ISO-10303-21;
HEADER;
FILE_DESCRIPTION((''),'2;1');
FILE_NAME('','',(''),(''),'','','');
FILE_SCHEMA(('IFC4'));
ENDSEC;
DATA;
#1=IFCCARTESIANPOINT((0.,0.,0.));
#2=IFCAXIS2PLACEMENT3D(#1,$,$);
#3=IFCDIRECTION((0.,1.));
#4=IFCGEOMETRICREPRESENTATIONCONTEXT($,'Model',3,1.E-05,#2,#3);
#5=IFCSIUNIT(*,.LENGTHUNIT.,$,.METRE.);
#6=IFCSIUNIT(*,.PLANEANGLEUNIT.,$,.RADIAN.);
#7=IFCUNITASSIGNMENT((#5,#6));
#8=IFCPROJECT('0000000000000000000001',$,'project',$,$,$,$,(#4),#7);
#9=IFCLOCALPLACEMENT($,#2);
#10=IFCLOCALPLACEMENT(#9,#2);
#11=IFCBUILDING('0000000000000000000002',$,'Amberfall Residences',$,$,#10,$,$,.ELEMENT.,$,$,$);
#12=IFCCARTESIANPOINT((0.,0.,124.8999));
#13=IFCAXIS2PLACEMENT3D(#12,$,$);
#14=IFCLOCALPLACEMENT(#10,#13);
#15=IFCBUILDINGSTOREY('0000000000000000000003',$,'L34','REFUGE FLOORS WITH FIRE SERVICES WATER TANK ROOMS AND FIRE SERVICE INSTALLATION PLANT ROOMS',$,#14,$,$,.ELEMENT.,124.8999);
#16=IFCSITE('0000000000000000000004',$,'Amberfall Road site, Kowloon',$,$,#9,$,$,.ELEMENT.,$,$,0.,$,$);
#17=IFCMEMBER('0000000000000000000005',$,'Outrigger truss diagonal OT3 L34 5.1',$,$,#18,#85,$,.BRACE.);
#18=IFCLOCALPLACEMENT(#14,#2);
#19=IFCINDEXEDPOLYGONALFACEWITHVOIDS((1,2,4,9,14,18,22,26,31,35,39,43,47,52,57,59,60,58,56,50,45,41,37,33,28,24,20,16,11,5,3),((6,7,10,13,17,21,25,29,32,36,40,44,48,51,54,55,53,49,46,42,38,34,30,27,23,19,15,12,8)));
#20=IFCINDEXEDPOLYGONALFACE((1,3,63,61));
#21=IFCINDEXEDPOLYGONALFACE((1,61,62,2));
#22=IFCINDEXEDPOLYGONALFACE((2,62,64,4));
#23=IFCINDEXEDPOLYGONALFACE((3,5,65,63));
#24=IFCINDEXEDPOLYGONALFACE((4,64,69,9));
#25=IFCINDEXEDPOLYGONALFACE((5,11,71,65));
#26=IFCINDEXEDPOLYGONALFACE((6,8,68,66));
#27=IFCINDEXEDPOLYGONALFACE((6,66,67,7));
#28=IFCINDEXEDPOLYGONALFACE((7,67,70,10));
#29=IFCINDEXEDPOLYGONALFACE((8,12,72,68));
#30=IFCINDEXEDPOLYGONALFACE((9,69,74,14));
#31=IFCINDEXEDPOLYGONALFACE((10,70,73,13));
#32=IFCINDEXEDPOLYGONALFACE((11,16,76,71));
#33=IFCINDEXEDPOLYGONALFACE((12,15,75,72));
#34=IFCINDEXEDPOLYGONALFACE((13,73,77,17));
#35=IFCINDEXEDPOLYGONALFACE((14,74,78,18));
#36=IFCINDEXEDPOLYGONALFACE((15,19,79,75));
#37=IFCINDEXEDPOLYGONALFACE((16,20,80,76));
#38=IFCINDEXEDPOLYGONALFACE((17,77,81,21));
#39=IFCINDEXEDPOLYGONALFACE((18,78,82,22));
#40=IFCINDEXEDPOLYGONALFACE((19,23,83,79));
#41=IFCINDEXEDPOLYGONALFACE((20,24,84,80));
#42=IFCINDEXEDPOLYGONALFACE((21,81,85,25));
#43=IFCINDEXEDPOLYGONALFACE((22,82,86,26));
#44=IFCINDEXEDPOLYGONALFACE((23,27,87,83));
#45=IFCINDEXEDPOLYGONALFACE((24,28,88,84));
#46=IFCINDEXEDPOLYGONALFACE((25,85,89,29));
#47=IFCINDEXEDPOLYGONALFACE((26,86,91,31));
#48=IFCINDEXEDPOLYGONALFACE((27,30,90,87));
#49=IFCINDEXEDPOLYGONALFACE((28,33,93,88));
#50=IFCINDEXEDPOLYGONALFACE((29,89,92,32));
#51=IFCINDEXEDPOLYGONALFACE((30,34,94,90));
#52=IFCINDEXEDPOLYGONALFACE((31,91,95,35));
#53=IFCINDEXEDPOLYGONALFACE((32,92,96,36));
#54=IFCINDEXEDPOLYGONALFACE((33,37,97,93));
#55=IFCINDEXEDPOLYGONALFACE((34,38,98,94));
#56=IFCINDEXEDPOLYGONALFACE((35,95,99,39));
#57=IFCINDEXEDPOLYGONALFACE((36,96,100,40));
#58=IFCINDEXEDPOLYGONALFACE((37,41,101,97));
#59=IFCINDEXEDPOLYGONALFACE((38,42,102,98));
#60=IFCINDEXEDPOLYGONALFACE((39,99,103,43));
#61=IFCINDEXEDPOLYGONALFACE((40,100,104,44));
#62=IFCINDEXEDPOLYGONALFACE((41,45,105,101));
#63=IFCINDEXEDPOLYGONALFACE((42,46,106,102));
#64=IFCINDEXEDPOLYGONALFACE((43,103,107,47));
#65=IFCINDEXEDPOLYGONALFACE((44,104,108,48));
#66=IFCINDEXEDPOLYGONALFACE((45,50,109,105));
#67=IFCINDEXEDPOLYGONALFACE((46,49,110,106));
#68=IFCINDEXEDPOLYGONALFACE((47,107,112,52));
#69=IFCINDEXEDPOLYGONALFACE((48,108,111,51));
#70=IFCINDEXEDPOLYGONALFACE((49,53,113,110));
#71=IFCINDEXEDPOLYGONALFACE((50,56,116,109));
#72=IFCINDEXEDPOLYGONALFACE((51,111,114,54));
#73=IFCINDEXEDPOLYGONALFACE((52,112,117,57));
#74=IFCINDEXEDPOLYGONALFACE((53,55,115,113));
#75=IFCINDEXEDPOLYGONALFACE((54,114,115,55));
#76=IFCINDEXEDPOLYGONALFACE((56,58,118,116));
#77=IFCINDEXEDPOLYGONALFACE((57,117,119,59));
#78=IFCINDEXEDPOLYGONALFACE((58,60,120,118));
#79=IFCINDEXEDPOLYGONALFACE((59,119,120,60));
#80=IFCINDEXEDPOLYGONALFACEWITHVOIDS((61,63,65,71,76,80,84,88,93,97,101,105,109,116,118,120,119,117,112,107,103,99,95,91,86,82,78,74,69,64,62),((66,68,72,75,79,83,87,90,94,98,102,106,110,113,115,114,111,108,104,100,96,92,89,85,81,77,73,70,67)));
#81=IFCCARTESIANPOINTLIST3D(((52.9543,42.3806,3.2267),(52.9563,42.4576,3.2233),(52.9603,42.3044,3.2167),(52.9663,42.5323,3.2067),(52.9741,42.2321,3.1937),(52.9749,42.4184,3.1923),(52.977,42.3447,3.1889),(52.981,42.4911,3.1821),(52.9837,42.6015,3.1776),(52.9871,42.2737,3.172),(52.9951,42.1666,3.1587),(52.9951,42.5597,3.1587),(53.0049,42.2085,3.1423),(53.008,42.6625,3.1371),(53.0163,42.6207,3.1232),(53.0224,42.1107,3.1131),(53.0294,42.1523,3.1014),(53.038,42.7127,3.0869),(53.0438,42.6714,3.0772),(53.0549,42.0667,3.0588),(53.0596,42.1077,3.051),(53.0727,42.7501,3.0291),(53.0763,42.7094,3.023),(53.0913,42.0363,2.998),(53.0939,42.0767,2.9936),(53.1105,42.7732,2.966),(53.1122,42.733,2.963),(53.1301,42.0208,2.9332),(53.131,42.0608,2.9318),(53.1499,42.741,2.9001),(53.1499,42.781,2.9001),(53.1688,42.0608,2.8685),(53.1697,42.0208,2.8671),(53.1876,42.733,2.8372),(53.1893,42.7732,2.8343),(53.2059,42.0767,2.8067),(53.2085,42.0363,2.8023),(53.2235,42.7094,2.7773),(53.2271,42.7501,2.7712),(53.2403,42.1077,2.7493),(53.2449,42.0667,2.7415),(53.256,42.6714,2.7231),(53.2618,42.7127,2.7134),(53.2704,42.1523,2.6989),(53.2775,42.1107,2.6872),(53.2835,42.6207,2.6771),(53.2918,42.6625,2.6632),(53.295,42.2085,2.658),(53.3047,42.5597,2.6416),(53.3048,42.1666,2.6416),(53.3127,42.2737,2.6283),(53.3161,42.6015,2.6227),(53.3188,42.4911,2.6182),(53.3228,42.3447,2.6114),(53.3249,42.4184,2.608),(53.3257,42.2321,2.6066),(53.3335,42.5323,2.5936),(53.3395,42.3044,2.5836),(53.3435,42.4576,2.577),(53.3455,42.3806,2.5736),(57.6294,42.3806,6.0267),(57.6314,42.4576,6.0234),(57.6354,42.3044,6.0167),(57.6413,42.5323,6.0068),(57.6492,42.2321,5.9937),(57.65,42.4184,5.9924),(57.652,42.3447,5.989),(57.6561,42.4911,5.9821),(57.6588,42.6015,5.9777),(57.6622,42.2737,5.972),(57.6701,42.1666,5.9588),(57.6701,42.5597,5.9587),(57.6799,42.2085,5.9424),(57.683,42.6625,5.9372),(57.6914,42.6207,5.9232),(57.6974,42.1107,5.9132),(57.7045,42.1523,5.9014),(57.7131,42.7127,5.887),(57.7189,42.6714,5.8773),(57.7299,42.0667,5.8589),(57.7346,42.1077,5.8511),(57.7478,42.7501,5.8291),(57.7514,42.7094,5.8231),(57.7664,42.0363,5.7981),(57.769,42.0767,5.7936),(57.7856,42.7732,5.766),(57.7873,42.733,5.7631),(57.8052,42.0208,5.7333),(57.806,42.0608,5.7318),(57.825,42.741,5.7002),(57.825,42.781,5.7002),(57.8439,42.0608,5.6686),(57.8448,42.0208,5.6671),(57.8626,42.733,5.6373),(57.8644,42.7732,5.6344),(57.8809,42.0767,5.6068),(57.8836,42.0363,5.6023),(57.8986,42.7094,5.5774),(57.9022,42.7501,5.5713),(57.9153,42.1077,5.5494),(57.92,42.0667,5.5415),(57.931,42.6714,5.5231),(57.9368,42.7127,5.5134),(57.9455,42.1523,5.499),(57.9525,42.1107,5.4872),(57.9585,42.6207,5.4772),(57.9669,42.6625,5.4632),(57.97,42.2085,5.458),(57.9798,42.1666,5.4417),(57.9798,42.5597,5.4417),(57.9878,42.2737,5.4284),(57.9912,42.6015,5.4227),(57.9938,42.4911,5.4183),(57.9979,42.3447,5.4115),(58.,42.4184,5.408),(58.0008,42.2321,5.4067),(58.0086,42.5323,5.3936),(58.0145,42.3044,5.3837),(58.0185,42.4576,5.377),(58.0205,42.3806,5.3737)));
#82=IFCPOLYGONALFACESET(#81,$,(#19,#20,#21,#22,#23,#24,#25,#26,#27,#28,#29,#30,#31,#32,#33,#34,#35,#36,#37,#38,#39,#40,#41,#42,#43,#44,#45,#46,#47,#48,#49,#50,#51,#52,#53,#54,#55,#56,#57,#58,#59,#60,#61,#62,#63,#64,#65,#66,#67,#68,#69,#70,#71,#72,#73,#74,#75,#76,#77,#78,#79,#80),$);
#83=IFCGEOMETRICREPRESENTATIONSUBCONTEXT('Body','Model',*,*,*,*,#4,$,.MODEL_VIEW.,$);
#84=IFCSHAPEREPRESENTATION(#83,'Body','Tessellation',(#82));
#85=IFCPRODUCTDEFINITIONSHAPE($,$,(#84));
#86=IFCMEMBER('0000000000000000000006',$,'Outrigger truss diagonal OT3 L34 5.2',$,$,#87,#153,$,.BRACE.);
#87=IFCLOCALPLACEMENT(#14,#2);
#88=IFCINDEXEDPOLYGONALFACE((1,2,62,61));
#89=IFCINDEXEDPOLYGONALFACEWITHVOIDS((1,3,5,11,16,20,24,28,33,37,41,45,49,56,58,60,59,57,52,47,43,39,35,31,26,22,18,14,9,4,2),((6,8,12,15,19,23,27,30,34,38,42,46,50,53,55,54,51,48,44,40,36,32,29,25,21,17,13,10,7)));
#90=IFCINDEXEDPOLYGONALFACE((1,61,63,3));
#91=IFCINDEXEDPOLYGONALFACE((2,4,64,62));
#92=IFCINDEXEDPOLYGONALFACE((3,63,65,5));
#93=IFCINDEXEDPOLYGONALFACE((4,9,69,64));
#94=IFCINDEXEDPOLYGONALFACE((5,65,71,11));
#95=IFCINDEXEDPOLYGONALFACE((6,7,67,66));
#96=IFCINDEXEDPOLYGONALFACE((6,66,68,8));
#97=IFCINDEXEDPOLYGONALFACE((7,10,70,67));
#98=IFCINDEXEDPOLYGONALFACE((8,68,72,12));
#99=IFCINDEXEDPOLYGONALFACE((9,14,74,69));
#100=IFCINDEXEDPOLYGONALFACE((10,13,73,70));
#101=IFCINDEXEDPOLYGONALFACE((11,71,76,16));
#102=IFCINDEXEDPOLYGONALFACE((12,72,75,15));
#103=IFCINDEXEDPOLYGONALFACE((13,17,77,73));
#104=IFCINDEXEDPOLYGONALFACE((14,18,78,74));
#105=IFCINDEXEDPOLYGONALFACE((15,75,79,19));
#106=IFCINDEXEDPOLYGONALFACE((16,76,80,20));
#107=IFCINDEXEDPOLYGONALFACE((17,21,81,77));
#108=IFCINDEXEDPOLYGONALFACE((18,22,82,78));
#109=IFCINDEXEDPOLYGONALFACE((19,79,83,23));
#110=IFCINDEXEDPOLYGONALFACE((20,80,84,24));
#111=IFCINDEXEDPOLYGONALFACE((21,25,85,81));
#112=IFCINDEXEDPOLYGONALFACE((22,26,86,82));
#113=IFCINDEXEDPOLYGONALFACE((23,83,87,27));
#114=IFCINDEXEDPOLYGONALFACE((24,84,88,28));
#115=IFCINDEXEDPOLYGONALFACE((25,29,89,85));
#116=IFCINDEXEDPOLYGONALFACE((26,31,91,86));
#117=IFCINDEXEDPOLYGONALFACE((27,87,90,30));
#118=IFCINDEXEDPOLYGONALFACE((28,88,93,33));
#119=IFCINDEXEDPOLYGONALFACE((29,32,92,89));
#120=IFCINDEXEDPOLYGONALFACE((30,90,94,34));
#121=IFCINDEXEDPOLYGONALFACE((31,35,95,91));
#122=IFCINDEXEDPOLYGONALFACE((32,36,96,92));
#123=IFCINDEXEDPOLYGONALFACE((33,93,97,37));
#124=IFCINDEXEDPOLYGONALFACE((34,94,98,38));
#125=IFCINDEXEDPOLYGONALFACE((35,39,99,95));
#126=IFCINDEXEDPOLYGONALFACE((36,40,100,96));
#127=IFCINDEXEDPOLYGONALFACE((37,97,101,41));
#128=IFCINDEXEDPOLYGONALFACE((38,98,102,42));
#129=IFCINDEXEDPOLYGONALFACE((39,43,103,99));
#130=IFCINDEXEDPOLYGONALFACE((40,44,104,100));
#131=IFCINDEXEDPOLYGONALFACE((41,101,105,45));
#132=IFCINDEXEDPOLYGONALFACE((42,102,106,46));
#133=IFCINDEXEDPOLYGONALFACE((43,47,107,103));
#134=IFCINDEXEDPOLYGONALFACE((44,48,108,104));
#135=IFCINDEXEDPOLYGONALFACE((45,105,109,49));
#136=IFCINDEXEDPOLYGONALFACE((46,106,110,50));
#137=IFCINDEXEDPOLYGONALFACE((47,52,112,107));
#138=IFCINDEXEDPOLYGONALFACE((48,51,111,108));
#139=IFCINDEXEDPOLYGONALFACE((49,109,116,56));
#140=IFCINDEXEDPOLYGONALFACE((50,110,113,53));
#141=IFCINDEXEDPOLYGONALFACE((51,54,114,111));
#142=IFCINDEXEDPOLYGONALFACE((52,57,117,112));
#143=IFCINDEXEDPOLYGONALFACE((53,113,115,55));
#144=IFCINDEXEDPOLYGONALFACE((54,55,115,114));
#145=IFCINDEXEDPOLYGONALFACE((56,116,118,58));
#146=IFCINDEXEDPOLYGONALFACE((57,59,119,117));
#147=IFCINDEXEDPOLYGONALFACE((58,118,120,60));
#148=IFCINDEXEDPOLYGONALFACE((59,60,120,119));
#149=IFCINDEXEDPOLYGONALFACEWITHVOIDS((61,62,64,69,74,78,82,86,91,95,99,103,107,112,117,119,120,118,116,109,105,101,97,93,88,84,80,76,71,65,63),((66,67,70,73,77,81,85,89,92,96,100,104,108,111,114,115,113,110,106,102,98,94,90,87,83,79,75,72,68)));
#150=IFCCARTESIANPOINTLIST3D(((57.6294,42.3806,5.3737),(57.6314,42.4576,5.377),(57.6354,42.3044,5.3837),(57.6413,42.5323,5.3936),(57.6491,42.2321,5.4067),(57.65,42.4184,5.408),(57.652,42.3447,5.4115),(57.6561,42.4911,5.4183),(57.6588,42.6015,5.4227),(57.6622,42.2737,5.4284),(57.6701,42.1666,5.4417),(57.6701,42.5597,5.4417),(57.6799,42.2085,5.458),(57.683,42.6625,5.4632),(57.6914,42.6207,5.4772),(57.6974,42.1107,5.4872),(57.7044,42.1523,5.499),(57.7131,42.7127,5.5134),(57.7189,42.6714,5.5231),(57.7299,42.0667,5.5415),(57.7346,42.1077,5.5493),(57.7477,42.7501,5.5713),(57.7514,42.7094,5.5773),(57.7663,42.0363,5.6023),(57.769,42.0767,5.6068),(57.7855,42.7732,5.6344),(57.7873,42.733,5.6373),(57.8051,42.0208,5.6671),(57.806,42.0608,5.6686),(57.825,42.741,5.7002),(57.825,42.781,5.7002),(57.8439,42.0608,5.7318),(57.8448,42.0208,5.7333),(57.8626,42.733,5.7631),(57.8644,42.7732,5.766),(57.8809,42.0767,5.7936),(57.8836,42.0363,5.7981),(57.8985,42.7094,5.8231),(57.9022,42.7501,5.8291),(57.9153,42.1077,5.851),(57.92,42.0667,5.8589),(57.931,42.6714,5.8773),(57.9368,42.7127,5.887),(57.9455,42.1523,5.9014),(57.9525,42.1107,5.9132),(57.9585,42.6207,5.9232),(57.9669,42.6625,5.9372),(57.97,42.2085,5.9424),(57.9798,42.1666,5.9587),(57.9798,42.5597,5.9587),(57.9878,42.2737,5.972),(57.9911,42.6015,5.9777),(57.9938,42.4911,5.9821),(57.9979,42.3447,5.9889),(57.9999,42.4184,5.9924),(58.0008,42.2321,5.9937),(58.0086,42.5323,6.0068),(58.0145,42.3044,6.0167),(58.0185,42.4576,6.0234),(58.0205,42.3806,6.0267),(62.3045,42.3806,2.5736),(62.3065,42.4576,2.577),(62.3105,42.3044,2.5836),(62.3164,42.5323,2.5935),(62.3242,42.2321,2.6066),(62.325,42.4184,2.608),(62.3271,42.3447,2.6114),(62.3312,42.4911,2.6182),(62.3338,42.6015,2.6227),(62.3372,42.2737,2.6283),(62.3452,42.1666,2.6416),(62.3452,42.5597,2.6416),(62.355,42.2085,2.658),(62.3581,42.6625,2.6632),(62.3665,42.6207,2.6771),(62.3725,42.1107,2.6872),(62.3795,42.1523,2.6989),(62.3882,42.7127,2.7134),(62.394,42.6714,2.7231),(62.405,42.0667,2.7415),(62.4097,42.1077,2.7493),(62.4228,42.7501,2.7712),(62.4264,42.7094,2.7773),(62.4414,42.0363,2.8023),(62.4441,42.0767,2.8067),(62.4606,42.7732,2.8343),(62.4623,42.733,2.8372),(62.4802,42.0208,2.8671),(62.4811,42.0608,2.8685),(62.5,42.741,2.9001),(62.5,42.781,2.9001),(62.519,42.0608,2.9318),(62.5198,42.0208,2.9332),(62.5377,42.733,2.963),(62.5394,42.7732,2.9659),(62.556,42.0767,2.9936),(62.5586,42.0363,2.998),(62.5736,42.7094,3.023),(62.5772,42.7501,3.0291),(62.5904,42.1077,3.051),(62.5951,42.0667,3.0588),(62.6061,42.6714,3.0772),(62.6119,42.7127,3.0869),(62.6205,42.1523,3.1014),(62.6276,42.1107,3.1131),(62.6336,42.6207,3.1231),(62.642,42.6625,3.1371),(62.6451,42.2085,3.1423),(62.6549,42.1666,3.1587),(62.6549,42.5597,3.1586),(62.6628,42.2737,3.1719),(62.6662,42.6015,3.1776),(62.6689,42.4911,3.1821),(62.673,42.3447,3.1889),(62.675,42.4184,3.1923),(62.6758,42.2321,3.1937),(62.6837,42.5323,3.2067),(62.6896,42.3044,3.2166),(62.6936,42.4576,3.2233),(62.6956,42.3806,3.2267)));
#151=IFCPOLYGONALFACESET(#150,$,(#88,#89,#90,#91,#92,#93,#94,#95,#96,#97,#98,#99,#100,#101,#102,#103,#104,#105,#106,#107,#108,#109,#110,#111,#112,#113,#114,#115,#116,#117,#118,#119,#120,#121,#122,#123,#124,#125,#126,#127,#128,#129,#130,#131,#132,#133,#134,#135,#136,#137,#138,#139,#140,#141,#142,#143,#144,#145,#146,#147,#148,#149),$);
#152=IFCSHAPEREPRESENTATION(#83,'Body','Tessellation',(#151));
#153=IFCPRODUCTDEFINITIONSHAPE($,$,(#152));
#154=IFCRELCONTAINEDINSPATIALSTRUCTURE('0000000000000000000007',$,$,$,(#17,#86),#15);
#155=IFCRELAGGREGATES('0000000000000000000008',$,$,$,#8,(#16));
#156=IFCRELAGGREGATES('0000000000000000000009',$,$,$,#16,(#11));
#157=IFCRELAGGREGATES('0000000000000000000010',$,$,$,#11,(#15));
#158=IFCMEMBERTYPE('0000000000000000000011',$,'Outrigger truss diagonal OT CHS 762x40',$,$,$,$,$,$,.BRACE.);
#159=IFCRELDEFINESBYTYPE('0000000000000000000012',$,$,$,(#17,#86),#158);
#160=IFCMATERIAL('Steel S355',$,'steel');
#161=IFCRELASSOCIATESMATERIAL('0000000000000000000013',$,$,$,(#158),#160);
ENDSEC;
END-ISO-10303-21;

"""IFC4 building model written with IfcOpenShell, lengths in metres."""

from ifc_helpers import new_model, si_unit, direction, frame, origin, origin_2d, place, context, subcontext, project, spatial, hollow_circle, extrude, material, material_profile, profile_set, type_object, element, save


model = new_model("IFC4")

# Units and contexts
model_context = context("Model", 3, precision=1e-05, world=origin(), true_north=direction((0.0, 1.0)))
body_context = subcontext(model_context, "Body", "Model", "MODEL_VIEW")
ifc_project = project(units=[si_unit("LENGTHUNIT", "METRE"), si_unit("PLANEANGLEUNIT", "RADIAN")], contexts=[model_context])

# Site, building, storey
site_placement = place(None, origin())
site = spatial("IfcSite", under=ifc_project, at=site_placement, Name="Amberfall Road site, Kowloon", CompositionType="ELEMENT", RefElevation=0.0)
building_placement = place(site_placement, origin())
building = spatial("IfcBuilding", under=site, at=building_placement, Name="Amberfall Residences", CompositionType="ELEMENT")
storey_placement = place(building_placement, frame((0.0, 0.0, 124.8999)))
storey = spatial("IfcBuildingStorey", under=building, at=storey_placement, Name="L34", Description="REFUGE FLOORS WITH FIRE SERVICES WATER TANK ROOMS AND FIRE SERVICE INSTALLATION PLANT ROOMS", CompositionType="ELEMENT", Elevation=124.8999)

# Shared definitions
ifc_material_1 = material(Name="Steel S355", Category="steel")

# Members
ifc_material_profile_1 = material_profile(ifc_material_1, hollow_circle(Radius=0.3811, WallThickness=0.04, at=origin_2d()), Name="CHS 762x40")
ifc_profile_set_1 = profile_set([ifc_material_profile_1], Name="Steel S355")
member_type_1 = type_object("IfcMemberType", Name="Outrigger truss diagonal OT CHS 762x40", PredefinedType="BRACE", material=ifc_profile_set_1)
for number, where, z_axis, x_axis, name in (
    (1, (53.1499, 42.3999, 2.9001), (0.857896, 0.0, 0.513824), (0.0, 1.0, 0.0), "Outrigger truss diagonal OT3 L34 5.1"),
    (2, (57.825, 42.3999, 5.7002), (0.857896, 0.0, -0.513824), (0.0, 1.0, 0.0), "Outrigger truss diagonal OT3 L34 5.2"),
):
    element("IfcMember", number, at=place(storey_placement, frame(where, z_axis=z_axis, x_axis=x_axis)), inside=storey, type_object=member_type_1, Name=name, PredefinedType="BRACE", context=body_context, shape_type="SweptSolid", body=[
        extrude(hollow_circle(Radius=0.3811, WallThickness=0.04, at=origin_2d()), origin(), (0.0, 0.0, 1.0), 5.4495),
    ])

save(model, "model.ifc")
